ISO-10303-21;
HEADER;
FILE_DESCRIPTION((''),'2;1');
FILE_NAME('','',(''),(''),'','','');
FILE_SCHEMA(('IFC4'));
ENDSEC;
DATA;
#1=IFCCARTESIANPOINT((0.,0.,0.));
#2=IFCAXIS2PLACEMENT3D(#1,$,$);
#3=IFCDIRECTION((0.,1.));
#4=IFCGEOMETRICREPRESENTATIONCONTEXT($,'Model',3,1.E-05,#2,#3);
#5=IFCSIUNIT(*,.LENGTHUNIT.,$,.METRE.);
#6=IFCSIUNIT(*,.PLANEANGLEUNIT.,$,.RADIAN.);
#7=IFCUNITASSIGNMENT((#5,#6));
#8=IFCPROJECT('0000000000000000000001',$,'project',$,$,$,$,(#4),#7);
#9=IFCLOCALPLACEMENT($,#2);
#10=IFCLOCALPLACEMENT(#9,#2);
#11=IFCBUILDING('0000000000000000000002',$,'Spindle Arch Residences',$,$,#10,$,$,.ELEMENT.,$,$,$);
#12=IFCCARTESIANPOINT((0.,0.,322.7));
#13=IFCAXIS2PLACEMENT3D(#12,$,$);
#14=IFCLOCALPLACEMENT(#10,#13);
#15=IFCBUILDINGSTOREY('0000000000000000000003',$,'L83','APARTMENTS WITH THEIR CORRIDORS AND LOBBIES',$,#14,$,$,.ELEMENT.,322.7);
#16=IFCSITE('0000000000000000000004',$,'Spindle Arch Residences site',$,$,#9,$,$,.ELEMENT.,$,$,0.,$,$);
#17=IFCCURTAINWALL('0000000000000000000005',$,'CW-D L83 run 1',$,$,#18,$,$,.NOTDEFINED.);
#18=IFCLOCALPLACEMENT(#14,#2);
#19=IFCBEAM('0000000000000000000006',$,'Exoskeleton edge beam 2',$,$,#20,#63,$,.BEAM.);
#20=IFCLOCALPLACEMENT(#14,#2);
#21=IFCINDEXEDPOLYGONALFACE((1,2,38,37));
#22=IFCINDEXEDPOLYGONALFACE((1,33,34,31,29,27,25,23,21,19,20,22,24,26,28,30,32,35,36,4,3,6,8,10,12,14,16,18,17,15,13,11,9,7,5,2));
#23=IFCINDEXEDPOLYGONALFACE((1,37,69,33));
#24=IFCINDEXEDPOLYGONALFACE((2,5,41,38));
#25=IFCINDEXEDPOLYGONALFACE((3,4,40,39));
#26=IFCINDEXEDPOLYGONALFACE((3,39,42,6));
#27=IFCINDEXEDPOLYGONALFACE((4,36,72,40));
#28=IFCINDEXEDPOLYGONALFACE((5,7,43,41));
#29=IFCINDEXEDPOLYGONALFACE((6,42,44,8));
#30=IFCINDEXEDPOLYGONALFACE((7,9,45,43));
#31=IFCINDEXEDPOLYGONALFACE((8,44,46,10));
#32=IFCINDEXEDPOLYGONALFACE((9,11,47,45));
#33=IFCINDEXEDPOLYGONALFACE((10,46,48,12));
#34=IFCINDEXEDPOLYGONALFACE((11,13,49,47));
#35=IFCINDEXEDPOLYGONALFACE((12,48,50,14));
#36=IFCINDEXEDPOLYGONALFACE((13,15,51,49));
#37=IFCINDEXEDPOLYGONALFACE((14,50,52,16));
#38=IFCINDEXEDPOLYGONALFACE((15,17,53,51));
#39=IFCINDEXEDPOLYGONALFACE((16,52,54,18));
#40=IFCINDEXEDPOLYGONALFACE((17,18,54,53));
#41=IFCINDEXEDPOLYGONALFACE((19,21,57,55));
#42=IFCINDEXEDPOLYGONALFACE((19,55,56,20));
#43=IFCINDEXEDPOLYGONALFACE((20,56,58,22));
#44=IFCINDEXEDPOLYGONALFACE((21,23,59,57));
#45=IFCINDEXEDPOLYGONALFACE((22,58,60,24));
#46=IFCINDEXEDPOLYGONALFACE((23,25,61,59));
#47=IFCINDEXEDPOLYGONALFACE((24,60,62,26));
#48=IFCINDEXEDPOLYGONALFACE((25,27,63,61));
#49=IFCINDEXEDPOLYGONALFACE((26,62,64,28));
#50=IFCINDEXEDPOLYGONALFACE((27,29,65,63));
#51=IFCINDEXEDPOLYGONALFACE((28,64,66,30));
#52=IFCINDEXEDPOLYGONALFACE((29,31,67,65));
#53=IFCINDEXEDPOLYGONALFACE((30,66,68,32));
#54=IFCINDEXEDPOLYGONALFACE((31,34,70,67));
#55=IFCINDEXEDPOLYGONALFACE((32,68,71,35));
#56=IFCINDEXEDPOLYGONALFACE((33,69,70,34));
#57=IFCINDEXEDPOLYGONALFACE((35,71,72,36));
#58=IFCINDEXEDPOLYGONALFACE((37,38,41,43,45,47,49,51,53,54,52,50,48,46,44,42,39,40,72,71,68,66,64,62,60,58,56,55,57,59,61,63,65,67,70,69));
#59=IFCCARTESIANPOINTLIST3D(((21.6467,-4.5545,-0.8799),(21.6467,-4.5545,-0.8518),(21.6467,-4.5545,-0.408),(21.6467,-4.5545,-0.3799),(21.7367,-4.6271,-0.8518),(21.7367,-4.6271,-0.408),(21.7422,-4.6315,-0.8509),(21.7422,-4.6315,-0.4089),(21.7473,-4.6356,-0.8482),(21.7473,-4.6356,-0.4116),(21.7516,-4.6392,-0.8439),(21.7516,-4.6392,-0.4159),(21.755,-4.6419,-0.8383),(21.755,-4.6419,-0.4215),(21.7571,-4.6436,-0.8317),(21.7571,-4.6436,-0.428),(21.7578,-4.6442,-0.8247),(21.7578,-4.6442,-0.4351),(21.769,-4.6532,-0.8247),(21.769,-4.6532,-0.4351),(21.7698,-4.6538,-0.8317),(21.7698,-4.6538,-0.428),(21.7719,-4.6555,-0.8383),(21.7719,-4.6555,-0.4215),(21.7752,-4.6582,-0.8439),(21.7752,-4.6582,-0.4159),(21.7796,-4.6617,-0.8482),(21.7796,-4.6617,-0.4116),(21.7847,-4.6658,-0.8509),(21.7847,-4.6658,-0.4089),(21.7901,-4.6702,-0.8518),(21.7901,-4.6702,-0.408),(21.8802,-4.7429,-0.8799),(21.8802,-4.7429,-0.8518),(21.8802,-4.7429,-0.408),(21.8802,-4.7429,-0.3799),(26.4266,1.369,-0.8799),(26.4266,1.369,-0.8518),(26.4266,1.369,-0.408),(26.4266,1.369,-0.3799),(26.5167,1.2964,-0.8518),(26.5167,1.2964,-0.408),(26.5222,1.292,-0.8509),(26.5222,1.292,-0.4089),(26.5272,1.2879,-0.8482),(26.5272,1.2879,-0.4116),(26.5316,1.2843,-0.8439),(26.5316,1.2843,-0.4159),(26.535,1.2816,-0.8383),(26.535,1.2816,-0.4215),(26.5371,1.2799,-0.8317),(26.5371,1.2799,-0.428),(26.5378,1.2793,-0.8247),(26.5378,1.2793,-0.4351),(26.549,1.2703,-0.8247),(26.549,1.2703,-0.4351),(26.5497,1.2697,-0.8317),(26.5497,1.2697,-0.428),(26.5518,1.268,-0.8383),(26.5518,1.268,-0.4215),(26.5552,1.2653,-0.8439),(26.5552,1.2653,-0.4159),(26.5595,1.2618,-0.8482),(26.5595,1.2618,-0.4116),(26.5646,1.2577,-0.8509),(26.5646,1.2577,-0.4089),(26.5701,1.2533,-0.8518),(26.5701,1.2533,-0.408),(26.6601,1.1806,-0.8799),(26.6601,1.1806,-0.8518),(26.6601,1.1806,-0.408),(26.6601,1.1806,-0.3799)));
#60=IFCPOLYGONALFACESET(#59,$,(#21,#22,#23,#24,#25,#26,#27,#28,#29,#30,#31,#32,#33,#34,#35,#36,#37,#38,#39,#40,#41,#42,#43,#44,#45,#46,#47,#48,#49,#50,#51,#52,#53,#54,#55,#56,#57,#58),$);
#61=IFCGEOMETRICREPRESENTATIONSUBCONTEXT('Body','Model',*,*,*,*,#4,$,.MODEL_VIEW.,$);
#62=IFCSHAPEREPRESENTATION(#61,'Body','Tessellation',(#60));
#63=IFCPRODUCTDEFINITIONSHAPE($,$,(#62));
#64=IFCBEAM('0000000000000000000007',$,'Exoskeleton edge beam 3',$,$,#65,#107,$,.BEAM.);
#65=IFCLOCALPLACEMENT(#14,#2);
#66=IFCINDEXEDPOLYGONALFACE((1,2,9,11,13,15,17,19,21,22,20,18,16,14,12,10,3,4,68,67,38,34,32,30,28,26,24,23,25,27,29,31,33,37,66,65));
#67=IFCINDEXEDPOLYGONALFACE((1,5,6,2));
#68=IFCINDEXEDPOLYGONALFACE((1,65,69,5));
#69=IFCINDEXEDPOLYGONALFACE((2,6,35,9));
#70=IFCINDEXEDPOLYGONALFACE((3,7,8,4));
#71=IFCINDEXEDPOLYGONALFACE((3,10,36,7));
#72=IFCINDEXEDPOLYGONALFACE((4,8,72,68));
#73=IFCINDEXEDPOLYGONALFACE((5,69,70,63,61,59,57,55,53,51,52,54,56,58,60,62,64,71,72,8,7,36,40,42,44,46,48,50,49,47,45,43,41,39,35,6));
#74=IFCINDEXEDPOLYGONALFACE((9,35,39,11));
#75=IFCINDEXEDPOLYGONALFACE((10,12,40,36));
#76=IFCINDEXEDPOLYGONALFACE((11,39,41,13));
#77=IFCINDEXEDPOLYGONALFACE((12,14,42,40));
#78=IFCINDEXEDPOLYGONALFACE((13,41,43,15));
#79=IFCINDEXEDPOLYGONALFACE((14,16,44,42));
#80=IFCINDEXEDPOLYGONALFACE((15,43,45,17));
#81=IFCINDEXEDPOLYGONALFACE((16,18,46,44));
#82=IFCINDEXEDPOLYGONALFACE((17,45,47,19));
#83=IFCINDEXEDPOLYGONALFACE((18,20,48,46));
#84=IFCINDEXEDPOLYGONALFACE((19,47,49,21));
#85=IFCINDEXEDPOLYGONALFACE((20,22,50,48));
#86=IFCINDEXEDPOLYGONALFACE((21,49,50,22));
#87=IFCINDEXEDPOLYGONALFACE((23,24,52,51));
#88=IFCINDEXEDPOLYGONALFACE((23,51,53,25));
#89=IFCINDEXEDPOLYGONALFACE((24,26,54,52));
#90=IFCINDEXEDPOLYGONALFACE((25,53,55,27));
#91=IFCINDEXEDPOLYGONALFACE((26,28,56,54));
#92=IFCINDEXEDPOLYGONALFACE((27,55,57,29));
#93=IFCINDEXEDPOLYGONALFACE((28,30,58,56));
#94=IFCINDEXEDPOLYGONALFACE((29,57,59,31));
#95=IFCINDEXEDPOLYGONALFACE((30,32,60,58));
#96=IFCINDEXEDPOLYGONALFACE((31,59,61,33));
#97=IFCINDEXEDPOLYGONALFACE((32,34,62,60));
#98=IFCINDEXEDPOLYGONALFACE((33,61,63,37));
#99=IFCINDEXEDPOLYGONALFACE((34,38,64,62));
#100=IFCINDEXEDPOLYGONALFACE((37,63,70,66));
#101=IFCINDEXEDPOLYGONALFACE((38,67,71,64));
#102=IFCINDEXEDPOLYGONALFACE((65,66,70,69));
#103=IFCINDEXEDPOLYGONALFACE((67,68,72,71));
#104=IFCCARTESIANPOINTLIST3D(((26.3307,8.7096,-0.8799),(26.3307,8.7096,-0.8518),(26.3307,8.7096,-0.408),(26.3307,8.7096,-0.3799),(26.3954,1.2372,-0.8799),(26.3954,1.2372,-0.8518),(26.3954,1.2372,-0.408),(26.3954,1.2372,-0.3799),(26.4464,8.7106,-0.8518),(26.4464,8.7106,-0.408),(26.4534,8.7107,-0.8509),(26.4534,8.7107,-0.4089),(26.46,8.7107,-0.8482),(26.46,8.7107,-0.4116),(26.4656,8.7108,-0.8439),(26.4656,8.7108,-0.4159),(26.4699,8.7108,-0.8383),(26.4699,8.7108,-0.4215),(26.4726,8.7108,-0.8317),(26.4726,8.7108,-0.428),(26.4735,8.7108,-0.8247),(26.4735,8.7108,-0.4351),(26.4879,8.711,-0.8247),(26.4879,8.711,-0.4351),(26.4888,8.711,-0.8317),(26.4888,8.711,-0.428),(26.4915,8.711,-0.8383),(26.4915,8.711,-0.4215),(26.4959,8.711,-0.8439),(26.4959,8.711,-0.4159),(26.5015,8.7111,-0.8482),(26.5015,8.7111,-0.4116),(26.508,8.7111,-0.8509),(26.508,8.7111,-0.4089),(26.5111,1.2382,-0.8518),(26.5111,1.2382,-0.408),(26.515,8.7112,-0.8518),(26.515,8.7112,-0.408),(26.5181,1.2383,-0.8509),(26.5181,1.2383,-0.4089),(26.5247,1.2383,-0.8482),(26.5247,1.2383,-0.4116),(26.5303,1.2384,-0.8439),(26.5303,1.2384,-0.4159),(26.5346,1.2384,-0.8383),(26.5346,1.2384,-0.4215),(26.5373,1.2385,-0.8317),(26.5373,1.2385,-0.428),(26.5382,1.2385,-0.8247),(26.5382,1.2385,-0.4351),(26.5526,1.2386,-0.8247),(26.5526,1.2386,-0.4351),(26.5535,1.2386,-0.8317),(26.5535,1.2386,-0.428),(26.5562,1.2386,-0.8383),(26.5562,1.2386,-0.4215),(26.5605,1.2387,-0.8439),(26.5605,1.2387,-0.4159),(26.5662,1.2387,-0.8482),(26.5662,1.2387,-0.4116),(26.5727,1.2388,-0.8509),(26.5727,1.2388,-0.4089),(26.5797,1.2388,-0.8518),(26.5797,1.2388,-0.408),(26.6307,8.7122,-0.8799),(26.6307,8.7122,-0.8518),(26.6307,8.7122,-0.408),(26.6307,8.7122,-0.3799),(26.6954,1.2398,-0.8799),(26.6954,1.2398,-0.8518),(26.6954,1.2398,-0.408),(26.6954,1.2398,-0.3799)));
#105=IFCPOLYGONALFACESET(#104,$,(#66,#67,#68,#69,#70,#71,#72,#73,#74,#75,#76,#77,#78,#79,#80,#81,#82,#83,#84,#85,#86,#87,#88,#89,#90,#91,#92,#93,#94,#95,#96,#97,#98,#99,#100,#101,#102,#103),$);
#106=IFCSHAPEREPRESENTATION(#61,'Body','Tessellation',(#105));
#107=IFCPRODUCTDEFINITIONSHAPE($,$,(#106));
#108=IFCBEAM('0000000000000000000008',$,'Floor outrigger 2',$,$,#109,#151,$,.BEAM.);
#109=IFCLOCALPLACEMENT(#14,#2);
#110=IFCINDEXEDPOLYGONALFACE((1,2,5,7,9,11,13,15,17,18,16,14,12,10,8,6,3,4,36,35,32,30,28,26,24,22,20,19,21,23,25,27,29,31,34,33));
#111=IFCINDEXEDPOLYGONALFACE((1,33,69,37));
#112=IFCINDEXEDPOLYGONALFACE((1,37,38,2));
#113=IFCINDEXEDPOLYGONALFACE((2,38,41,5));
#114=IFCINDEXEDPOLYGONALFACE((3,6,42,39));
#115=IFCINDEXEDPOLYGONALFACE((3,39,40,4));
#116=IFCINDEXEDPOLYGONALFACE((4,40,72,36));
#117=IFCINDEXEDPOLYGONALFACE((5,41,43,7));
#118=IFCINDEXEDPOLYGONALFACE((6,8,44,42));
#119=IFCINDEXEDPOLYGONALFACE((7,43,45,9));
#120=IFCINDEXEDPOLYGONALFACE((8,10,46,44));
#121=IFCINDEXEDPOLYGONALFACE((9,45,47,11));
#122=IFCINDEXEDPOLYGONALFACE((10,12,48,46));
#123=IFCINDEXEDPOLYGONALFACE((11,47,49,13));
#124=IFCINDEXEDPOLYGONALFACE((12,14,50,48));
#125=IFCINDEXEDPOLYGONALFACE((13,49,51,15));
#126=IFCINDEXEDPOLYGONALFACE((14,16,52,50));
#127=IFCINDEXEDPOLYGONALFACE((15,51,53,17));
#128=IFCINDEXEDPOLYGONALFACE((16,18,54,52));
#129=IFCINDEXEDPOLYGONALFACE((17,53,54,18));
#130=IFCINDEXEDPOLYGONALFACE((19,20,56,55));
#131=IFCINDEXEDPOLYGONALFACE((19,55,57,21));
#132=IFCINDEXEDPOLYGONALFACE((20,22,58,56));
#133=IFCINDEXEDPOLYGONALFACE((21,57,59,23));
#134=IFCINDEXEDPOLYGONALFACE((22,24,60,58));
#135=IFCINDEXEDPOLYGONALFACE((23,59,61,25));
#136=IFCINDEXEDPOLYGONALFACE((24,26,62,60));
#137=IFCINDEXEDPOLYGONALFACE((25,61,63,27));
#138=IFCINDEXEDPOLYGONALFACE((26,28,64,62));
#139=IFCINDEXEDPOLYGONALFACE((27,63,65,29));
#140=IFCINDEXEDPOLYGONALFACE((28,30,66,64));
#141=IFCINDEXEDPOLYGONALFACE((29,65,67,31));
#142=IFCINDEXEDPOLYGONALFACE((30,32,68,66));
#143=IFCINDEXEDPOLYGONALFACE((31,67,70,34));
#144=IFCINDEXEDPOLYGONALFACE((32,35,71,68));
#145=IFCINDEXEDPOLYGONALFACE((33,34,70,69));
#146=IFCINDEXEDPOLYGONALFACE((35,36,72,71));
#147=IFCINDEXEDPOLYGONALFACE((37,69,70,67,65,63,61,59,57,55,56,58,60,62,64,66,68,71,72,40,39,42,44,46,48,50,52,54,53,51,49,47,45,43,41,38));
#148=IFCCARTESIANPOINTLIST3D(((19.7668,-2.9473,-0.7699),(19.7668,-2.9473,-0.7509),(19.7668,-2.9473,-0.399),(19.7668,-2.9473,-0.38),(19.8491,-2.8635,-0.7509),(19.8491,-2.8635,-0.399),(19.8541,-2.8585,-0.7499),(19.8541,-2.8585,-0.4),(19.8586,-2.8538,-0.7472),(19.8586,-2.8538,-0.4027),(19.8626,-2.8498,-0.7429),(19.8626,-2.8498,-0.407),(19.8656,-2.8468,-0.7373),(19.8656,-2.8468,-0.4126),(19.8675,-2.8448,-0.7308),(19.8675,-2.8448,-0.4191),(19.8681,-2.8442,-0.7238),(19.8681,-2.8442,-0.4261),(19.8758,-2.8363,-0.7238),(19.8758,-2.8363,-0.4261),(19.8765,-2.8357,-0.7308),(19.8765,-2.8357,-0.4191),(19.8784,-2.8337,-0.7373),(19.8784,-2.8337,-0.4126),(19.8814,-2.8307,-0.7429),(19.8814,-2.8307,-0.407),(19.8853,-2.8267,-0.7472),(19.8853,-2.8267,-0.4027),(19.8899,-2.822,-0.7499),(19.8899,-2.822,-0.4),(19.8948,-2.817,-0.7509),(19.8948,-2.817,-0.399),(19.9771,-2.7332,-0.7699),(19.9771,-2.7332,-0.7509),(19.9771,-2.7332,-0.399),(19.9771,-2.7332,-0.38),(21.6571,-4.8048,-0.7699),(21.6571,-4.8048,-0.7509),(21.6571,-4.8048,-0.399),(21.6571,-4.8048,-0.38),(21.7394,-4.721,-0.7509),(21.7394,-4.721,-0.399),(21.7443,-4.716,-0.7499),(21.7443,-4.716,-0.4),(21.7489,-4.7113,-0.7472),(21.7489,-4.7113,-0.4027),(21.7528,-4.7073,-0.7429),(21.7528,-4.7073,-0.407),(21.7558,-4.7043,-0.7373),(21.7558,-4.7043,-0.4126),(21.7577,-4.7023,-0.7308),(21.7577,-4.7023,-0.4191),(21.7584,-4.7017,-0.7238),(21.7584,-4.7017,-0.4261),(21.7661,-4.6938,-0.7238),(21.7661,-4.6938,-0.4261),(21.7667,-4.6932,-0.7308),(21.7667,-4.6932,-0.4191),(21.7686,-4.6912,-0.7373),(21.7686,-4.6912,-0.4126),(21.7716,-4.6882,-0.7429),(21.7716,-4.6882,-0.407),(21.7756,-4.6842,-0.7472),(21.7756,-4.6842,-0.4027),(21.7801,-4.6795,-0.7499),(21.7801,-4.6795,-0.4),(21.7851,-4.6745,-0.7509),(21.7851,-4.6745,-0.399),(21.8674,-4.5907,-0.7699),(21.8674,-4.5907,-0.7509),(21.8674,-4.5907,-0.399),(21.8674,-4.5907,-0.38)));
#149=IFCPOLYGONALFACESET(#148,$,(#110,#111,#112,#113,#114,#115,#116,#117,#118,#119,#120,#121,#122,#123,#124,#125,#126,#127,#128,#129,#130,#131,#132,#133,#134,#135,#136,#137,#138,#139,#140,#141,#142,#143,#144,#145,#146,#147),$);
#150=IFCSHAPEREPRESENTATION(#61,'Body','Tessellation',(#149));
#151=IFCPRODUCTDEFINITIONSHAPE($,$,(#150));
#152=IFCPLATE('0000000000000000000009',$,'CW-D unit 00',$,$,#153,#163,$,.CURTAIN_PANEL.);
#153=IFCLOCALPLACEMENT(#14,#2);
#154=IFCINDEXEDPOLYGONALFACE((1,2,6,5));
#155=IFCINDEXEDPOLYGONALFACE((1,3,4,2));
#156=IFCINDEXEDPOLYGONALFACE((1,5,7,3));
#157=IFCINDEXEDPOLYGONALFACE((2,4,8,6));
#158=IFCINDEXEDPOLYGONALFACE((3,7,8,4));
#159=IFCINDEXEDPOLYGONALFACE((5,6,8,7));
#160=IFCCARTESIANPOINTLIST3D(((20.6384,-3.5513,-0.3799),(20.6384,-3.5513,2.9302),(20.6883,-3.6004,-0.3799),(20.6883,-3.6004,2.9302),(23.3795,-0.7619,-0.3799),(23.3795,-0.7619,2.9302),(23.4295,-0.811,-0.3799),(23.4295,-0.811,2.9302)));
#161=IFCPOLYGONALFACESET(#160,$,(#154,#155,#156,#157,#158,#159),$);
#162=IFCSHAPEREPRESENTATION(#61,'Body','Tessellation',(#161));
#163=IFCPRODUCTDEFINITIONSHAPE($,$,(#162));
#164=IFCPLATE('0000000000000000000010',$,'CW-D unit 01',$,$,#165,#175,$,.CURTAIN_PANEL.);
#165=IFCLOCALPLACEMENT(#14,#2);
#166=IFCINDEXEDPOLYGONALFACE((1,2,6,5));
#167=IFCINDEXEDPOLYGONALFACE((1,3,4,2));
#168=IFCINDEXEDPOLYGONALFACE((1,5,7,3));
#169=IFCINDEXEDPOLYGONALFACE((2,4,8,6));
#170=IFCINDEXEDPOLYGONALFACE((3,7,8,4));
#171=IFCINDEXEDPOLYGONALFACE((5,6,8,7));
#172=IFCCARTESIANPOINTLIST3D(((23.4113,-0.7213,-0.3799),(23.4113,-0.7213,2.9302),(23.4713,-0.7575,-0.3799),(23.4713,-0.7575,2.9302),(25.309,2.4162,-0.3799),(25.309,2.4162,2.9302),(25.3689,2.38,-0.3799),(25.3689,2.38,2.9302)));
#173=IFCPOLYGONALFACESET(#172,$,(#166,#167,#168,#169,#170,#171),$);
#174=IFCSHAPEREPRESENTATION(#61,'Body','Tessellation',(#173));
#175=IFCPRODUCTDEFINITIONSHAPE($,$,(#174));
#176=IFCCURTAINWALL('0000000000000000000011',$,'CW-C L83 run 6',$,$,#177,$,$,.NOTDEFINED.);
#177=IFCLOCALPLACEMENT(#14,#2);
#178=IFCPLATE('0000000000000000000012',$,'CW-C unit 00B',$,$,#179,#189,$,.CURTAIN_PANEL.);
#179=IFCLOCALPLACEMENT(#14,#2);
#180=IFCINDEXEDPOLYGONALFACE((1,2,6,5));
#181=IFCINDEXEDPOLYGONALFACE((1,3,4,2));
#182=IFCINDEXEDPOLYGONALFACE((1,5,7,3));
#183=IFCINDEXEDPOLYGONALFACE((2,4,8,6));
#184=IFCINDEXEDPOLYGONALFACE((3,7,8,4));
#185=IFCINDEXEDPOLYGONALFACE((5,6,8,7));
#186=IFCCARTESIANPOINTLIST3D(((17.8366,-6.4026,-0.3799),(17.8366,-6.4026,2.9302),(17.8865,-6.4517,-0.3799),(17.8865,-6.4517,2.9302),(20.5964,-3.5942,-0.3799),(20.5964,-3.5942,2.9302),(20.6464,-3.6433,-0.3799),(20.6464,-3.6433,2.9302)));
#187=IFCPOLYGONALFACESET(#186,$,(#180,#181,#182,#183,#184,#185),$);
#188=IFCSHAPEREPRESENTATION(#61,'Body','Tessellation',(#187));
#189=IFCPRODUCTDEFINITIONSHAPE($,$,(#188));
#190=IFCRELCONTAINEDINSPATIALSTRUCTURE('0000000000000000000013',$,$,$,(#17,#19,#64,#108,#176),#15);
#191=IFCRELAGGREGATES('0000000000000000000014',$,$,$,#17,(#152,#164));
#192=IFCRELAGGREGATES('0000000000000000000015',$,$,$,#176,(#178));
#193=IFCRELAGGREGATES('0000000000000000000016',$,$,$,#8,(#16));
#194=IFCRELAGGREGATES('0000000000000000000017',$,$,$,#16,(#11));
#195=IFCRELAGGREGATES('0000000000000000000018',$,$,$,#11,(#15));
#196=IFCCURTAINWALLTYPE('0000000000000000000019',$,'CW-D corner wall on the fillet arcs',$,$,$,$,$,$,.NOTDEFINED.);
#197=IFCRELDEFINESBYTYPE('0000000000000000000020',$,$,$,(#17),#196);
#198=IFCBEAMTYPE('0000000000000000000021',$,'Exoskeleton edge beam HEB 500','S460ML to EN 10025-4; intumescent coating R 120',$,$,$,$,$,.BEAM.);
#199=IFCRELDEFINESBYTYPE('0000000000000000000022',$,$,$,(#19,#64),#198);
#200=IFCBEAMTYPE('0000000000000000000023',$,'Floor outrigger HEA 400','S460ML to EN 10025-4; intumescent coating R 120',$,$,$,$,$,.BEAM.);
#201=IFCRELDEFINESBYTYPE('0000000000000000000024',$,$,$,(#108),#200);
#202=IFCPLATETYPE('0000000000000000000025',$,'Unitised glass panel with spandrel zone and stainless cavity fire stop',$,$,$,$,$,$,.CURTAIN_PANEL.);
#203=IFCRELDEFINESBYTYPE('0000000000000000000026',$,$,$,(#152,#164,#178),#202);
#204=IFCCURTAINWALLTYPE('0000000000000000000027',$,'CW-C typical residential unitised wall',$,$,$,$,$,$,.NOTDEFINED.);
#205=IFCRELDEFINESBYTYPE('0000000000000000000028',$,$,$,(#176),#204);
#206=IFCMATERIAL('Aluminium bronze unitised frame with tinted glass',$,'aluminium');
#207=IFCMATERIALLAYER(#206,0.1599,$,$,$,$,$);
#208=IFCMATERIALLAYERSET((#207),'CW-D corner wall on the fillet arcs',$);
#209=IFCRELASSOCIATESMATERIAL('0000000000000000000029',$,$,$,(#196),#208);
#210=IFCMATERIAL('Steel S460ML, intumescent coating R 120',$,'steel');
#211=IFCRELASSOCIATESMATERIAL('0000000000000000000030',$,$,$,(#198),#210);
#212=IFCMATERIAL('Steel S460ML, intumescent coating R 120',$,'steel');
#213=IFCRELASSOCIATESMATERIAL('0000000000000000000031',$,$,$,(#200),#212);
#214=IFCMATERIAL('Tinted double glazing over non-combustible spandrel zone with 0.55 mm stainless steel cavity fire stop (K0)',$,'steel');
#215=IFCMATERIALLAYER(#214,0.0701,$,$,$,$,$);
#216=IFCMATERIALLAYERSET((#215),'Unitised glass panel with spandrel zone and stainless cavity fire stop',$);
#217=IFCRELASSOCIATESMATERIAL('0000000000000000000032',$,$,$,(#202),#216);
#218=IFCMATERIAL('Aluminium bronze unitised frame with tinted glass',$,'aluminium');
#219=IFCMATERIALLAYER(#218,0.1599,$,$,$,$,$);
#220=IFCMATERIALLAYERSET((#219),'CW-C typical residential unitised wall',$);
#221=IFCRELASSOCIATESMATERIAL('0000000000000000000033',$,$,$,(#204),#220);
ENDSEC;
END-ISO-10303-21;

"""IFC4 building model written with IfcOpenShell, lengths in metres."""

from ifc_helpers import new_model, si_unit, direction, frame, origin, origin_2d, place, context, subcontext, project, spatial, rectangle, i_section, extrude, material, layer, layer_set, material_profile, profile_set, type_object, element, aggregate, save


model = new_model("IFC4")

# Units and contexts
model_context = context("Model", 3, precision=1e-05, world=origin(), true_north=direction((0.0, 1.0)))
body_context = subcontext(model_context, "Body", "Model", "MODEL_VIEW")
ifc_project = project(units=[si_unit("LENGTHUNIT", "METRE"), si_unit("PLANEANGLEUNIT", "RADIAN")], contexts=[model_context])

# Site, building, storey
site_placement = place(None, origin())
site = spatial("IfcSite", under=ifc_project, at=site_placement, Name="Spindle Arch Residences site", CompositionType="ELEMENT", RefElevation=0.0)
building_placement = place(site_placement, origin())
building = spatial("IfcBuilding", under=site, at=building_placement, Name="Spindle Arch Residences", CompositionType="ELEMENT")
storey_placement = place(building_placement, frame((0.0, 0.0, 322.7)))
storey = spatial("IfcBuildingStorey", under=building, at=storey_placement, Name="L83", Description="APARTMENTS WITH THEIR CORRIDORS AND LOBBIES", CompositionType="ELEMENT", Elevation=322.7)

# Curtain wall
ifc_material_1 = material(Name="Aluminium bronze unitised frame with tinted glass", Category="aluminium")
ifc_layer_1 = layer(ifc_material_1, 0.1599)
ifc_layer_set_1 = layer_set([ifc_layer_1], Name="CW-D corner wall on the fillet arcs")
curtain_wall_type_1 = type_object("IfcCurtainWallType", Name="CW-D corner wall on the fillet arcs", PredefinedType="NOTDEFINED", material=ifc_layer_set_1)
curtain_wall_1_placement = place(storey_placement, origin())
curtain_wall_1 = element("IfcCurtainWall", 1, at=curtain_wall_1_placement, inside=storey, type_object=curtain_wall_type_1, Name="CW-D L83 run 1", PredefinedType="NOTDEFINED")

# Beams
ifc_material_2 = material(Name="Steel S460ML, intumescent coating R 120", Category="steel")
ifc_material_profile_1 = material_profile(ifc_material_2, i_section(OverallWidth=0.3, OverallDepth=0.5, WebThickness=0.0144, FlangeThickness=0.0281, FilletRadius=0.0271, at=origin_2d()), Name="HEB 500")
ifc_profile_set_1 = profile_set([ifc_material_profile_1], Name="Steel S460ML, intumescent coating R 120")
beam_type_1 = type_object("IfcBeamType", Name="Exoskeleton edge beam HEB 500", Description="S460ML to EN 10025-4; intumescent coating R 120", PredefinedType="BEAM", material=ifc_profile_set_1)
beam_1_placement = place(storey_placement, frame((21.7634, -4.6487, -0.6299), z_axis=(0.627987, 0.778224, 0.0), x_axis=(-0.778224, 0.627987, 0.0)))
element("IfcBeam", 2, at=beam_1_placement, inside=storey, type_object=beam_type_1, Name="Exoskeleton edge beam 2", PredefinedType="BEAM", context=body_context, shape_type="SweptSolid", body=[
    extrude(i_section(OverallWidth=0.3, OverallDepth=0.5, WebThickness=0.0144, FlangeThickness=0.0281, FilletRadius=0.0271, at=origin_2d()), origin(), (0.0, 0.0, 1.0), 7.6116),
])
beam_2_placement = place(storey_placement, frame((26.5454, 1.2385, -0.6299), z_axis=(-0.008658, 0.999963, 0.0), x_axis=(-0.999963, -0.008658, 0.0)))
element("IfcBeam", 3, at=beam_2_placement, inside=storey, type_object=beam_type_1, Name="Exoskeleton edge beam 3", PredefinedType="BEAM", context=body_context, shape_type="SweptSolid", body=[
    extrude(i_section(OverallWidth=0.3, OverallDepth=0.5, WebThickness=0.0144, FlangeThickness=0.0281, FilletRadius=0.0271, at=origin_2d()), origin(), (0.0, 0.0, 1.0), 7.4727),
])
ifc_material_3 = material(Name="Steel S460ML, intumescent coating R 120", Category="steel")
ifc_material_profile_2 = material_profile(ifc_material_3, i_section(OverallWidth=0.3, OverallDepth=0.3899, WebThickness=0.011, FlangeThickness=0.019, FilletRadius=0.0271, at=origin_2d()), Name="HEA 400")
ifc_profile_set_2 = profile_set([ifc_material_profile_2], Name="Steel S460ML, intumescent coating R 120")
beam_type_2 = type_object("IfcBeamType", Name="Floor outrigger HEA 400", Description="S460ML to EN 10025-4; intumescent coating R 120", PredefinedType="BEAM", material=ifc_profile_set_2)
beam_3_placement = place(storey_placement, frame((21.7622, -4.6978, -0.575), z_axis=(-0.713252, 0.700907, 0.0), x_axis=(-0.700907, -0.713252, 0.0)))
element("IfcBeam", 4, at=beam_3_placement, inside=storey, type_object=beam_type_2, Name="Floor outrigger 2", PredefinedType="BEAM", context=body_context, shape_type="SweptSolid", body=[
    extrude(i_section(OverallWidth=0.3, OverallDepth=0.3899, WebThickness=0.011, FlangeThickness=0.019, FilletRadius=0.0271, at=origin_2d()), origin(), (0.0, 0.0, 1.0), 2.6501),
])

# Plates
ifc_material_4 = material(Name="Tinted double glazing over non-combustible spandrel zone with 0.55 mm stainless steel cavity fire stop (K0)", Category="steel")
ifc_layer_2 = layer(ifc_material_4, 0.0701)
ifc_layer_set_2 = layer_set([ifc_layer_2], Name="Unitised glass panel with spandrel zone and stainless cavity fire stop")
plate_type = type_object("IfcPlateType", Name="Unitised glass panel with spandrel zone and stainless cavity fire stop", PredefinedType="CURTAIN_PANEL", material=ifc_layer_set_2)
plate_1_placement = place(storey_placement, frame((22.0339, -2.1812, -0.3799), z_axis=(0.0, 0.0, 1.0), x_axis=(0.700909, 0.71325, 0.0)))
plate_1 = element("IfcPlate", 5, at=plate_1_placement, type_object=plate_type, Name="CW-D unit 00", PredefinedType="CURTAIN_PANEL", context=body_context, shape_type="SweptSolid", body=[
    extrude(rectangle(XDim=3.9109, YDim=0.0701, at=origin_2d()), origin(), (0.0, 0.0, 1.0), 3.3101),
])
plate_2_placement = place(storey_placement, frame((24.3901, 0.8293, -0.3799), z_axis=(0.0, 0.0, 1.0), x_axis=(0.517529, 0.855665, 0.0)))
plate_2 = element("IfcPlate", 6, at=plate_2_placement, type_object=plate_type, Name="CW-D unit 01", PredefinedType="CURTAIN_PANEL", context=body_context, shape_type="SweptSolid", body=[
    extrude(rectangle(XDim=3.6667, YDim=0.0701, at=origin_2d()), origin(), (0.0, 0.0, 1.0), 3.3101),
])
aggregate(curtain_wall_1, [plate_1, plate_2])

# Curtain wall, plate
ifc_material_5 = material(Name="Aluminium bronze unitised frame with tinted glass", Category="aluminium")
ifc_layer_3 = layer(ifc_material_5, 0.1599)
ifc_layer_set_3 = layer_set([ifc_layer_3], Name="CW-C typical residential unitised wall")
curtain_wall_type_2 = type_object("IfcCurtainWallType", Name="CW-C typical residential unitised wall", PredefinedType="NOTDEFINED", material=ifc_layer_set_3)
curtain_wall_2_placement = place(storey_placement, origin())
curtain_wall_2 = element("IfcCurtainWall", 7, at=curtain_wall_2_placement, inside=storey, type_object=curtain_wall_type_2, Name="CW-C L83 run 6", PredefinedType="NOTDEFINED")
plate_3_placement = place(storey_placement, frame((19.2415, -5.0229, -0.3799), z_axis=(0.0, 0.0, 1.0), x_axis=(0.700909, 0.71325, 0.0)))
plate_3 = element("IfcPlate", 8, at=plate_3_placement, type_object=plate_type, Name="CW-C unit 00B", PredefinedType="CURTAIN_PANEL", context=body_context, shape_type="SweptSolid", body=[
    extrude(rectangle(XDim=3.9375, YDim=0.0701, at=origin_2d()), origin(), (0.0, 0.0, 1.0), 3.3101),
])
aggregate(curtain_wall_2, [plate_3])

save(model, "model.ifc")
